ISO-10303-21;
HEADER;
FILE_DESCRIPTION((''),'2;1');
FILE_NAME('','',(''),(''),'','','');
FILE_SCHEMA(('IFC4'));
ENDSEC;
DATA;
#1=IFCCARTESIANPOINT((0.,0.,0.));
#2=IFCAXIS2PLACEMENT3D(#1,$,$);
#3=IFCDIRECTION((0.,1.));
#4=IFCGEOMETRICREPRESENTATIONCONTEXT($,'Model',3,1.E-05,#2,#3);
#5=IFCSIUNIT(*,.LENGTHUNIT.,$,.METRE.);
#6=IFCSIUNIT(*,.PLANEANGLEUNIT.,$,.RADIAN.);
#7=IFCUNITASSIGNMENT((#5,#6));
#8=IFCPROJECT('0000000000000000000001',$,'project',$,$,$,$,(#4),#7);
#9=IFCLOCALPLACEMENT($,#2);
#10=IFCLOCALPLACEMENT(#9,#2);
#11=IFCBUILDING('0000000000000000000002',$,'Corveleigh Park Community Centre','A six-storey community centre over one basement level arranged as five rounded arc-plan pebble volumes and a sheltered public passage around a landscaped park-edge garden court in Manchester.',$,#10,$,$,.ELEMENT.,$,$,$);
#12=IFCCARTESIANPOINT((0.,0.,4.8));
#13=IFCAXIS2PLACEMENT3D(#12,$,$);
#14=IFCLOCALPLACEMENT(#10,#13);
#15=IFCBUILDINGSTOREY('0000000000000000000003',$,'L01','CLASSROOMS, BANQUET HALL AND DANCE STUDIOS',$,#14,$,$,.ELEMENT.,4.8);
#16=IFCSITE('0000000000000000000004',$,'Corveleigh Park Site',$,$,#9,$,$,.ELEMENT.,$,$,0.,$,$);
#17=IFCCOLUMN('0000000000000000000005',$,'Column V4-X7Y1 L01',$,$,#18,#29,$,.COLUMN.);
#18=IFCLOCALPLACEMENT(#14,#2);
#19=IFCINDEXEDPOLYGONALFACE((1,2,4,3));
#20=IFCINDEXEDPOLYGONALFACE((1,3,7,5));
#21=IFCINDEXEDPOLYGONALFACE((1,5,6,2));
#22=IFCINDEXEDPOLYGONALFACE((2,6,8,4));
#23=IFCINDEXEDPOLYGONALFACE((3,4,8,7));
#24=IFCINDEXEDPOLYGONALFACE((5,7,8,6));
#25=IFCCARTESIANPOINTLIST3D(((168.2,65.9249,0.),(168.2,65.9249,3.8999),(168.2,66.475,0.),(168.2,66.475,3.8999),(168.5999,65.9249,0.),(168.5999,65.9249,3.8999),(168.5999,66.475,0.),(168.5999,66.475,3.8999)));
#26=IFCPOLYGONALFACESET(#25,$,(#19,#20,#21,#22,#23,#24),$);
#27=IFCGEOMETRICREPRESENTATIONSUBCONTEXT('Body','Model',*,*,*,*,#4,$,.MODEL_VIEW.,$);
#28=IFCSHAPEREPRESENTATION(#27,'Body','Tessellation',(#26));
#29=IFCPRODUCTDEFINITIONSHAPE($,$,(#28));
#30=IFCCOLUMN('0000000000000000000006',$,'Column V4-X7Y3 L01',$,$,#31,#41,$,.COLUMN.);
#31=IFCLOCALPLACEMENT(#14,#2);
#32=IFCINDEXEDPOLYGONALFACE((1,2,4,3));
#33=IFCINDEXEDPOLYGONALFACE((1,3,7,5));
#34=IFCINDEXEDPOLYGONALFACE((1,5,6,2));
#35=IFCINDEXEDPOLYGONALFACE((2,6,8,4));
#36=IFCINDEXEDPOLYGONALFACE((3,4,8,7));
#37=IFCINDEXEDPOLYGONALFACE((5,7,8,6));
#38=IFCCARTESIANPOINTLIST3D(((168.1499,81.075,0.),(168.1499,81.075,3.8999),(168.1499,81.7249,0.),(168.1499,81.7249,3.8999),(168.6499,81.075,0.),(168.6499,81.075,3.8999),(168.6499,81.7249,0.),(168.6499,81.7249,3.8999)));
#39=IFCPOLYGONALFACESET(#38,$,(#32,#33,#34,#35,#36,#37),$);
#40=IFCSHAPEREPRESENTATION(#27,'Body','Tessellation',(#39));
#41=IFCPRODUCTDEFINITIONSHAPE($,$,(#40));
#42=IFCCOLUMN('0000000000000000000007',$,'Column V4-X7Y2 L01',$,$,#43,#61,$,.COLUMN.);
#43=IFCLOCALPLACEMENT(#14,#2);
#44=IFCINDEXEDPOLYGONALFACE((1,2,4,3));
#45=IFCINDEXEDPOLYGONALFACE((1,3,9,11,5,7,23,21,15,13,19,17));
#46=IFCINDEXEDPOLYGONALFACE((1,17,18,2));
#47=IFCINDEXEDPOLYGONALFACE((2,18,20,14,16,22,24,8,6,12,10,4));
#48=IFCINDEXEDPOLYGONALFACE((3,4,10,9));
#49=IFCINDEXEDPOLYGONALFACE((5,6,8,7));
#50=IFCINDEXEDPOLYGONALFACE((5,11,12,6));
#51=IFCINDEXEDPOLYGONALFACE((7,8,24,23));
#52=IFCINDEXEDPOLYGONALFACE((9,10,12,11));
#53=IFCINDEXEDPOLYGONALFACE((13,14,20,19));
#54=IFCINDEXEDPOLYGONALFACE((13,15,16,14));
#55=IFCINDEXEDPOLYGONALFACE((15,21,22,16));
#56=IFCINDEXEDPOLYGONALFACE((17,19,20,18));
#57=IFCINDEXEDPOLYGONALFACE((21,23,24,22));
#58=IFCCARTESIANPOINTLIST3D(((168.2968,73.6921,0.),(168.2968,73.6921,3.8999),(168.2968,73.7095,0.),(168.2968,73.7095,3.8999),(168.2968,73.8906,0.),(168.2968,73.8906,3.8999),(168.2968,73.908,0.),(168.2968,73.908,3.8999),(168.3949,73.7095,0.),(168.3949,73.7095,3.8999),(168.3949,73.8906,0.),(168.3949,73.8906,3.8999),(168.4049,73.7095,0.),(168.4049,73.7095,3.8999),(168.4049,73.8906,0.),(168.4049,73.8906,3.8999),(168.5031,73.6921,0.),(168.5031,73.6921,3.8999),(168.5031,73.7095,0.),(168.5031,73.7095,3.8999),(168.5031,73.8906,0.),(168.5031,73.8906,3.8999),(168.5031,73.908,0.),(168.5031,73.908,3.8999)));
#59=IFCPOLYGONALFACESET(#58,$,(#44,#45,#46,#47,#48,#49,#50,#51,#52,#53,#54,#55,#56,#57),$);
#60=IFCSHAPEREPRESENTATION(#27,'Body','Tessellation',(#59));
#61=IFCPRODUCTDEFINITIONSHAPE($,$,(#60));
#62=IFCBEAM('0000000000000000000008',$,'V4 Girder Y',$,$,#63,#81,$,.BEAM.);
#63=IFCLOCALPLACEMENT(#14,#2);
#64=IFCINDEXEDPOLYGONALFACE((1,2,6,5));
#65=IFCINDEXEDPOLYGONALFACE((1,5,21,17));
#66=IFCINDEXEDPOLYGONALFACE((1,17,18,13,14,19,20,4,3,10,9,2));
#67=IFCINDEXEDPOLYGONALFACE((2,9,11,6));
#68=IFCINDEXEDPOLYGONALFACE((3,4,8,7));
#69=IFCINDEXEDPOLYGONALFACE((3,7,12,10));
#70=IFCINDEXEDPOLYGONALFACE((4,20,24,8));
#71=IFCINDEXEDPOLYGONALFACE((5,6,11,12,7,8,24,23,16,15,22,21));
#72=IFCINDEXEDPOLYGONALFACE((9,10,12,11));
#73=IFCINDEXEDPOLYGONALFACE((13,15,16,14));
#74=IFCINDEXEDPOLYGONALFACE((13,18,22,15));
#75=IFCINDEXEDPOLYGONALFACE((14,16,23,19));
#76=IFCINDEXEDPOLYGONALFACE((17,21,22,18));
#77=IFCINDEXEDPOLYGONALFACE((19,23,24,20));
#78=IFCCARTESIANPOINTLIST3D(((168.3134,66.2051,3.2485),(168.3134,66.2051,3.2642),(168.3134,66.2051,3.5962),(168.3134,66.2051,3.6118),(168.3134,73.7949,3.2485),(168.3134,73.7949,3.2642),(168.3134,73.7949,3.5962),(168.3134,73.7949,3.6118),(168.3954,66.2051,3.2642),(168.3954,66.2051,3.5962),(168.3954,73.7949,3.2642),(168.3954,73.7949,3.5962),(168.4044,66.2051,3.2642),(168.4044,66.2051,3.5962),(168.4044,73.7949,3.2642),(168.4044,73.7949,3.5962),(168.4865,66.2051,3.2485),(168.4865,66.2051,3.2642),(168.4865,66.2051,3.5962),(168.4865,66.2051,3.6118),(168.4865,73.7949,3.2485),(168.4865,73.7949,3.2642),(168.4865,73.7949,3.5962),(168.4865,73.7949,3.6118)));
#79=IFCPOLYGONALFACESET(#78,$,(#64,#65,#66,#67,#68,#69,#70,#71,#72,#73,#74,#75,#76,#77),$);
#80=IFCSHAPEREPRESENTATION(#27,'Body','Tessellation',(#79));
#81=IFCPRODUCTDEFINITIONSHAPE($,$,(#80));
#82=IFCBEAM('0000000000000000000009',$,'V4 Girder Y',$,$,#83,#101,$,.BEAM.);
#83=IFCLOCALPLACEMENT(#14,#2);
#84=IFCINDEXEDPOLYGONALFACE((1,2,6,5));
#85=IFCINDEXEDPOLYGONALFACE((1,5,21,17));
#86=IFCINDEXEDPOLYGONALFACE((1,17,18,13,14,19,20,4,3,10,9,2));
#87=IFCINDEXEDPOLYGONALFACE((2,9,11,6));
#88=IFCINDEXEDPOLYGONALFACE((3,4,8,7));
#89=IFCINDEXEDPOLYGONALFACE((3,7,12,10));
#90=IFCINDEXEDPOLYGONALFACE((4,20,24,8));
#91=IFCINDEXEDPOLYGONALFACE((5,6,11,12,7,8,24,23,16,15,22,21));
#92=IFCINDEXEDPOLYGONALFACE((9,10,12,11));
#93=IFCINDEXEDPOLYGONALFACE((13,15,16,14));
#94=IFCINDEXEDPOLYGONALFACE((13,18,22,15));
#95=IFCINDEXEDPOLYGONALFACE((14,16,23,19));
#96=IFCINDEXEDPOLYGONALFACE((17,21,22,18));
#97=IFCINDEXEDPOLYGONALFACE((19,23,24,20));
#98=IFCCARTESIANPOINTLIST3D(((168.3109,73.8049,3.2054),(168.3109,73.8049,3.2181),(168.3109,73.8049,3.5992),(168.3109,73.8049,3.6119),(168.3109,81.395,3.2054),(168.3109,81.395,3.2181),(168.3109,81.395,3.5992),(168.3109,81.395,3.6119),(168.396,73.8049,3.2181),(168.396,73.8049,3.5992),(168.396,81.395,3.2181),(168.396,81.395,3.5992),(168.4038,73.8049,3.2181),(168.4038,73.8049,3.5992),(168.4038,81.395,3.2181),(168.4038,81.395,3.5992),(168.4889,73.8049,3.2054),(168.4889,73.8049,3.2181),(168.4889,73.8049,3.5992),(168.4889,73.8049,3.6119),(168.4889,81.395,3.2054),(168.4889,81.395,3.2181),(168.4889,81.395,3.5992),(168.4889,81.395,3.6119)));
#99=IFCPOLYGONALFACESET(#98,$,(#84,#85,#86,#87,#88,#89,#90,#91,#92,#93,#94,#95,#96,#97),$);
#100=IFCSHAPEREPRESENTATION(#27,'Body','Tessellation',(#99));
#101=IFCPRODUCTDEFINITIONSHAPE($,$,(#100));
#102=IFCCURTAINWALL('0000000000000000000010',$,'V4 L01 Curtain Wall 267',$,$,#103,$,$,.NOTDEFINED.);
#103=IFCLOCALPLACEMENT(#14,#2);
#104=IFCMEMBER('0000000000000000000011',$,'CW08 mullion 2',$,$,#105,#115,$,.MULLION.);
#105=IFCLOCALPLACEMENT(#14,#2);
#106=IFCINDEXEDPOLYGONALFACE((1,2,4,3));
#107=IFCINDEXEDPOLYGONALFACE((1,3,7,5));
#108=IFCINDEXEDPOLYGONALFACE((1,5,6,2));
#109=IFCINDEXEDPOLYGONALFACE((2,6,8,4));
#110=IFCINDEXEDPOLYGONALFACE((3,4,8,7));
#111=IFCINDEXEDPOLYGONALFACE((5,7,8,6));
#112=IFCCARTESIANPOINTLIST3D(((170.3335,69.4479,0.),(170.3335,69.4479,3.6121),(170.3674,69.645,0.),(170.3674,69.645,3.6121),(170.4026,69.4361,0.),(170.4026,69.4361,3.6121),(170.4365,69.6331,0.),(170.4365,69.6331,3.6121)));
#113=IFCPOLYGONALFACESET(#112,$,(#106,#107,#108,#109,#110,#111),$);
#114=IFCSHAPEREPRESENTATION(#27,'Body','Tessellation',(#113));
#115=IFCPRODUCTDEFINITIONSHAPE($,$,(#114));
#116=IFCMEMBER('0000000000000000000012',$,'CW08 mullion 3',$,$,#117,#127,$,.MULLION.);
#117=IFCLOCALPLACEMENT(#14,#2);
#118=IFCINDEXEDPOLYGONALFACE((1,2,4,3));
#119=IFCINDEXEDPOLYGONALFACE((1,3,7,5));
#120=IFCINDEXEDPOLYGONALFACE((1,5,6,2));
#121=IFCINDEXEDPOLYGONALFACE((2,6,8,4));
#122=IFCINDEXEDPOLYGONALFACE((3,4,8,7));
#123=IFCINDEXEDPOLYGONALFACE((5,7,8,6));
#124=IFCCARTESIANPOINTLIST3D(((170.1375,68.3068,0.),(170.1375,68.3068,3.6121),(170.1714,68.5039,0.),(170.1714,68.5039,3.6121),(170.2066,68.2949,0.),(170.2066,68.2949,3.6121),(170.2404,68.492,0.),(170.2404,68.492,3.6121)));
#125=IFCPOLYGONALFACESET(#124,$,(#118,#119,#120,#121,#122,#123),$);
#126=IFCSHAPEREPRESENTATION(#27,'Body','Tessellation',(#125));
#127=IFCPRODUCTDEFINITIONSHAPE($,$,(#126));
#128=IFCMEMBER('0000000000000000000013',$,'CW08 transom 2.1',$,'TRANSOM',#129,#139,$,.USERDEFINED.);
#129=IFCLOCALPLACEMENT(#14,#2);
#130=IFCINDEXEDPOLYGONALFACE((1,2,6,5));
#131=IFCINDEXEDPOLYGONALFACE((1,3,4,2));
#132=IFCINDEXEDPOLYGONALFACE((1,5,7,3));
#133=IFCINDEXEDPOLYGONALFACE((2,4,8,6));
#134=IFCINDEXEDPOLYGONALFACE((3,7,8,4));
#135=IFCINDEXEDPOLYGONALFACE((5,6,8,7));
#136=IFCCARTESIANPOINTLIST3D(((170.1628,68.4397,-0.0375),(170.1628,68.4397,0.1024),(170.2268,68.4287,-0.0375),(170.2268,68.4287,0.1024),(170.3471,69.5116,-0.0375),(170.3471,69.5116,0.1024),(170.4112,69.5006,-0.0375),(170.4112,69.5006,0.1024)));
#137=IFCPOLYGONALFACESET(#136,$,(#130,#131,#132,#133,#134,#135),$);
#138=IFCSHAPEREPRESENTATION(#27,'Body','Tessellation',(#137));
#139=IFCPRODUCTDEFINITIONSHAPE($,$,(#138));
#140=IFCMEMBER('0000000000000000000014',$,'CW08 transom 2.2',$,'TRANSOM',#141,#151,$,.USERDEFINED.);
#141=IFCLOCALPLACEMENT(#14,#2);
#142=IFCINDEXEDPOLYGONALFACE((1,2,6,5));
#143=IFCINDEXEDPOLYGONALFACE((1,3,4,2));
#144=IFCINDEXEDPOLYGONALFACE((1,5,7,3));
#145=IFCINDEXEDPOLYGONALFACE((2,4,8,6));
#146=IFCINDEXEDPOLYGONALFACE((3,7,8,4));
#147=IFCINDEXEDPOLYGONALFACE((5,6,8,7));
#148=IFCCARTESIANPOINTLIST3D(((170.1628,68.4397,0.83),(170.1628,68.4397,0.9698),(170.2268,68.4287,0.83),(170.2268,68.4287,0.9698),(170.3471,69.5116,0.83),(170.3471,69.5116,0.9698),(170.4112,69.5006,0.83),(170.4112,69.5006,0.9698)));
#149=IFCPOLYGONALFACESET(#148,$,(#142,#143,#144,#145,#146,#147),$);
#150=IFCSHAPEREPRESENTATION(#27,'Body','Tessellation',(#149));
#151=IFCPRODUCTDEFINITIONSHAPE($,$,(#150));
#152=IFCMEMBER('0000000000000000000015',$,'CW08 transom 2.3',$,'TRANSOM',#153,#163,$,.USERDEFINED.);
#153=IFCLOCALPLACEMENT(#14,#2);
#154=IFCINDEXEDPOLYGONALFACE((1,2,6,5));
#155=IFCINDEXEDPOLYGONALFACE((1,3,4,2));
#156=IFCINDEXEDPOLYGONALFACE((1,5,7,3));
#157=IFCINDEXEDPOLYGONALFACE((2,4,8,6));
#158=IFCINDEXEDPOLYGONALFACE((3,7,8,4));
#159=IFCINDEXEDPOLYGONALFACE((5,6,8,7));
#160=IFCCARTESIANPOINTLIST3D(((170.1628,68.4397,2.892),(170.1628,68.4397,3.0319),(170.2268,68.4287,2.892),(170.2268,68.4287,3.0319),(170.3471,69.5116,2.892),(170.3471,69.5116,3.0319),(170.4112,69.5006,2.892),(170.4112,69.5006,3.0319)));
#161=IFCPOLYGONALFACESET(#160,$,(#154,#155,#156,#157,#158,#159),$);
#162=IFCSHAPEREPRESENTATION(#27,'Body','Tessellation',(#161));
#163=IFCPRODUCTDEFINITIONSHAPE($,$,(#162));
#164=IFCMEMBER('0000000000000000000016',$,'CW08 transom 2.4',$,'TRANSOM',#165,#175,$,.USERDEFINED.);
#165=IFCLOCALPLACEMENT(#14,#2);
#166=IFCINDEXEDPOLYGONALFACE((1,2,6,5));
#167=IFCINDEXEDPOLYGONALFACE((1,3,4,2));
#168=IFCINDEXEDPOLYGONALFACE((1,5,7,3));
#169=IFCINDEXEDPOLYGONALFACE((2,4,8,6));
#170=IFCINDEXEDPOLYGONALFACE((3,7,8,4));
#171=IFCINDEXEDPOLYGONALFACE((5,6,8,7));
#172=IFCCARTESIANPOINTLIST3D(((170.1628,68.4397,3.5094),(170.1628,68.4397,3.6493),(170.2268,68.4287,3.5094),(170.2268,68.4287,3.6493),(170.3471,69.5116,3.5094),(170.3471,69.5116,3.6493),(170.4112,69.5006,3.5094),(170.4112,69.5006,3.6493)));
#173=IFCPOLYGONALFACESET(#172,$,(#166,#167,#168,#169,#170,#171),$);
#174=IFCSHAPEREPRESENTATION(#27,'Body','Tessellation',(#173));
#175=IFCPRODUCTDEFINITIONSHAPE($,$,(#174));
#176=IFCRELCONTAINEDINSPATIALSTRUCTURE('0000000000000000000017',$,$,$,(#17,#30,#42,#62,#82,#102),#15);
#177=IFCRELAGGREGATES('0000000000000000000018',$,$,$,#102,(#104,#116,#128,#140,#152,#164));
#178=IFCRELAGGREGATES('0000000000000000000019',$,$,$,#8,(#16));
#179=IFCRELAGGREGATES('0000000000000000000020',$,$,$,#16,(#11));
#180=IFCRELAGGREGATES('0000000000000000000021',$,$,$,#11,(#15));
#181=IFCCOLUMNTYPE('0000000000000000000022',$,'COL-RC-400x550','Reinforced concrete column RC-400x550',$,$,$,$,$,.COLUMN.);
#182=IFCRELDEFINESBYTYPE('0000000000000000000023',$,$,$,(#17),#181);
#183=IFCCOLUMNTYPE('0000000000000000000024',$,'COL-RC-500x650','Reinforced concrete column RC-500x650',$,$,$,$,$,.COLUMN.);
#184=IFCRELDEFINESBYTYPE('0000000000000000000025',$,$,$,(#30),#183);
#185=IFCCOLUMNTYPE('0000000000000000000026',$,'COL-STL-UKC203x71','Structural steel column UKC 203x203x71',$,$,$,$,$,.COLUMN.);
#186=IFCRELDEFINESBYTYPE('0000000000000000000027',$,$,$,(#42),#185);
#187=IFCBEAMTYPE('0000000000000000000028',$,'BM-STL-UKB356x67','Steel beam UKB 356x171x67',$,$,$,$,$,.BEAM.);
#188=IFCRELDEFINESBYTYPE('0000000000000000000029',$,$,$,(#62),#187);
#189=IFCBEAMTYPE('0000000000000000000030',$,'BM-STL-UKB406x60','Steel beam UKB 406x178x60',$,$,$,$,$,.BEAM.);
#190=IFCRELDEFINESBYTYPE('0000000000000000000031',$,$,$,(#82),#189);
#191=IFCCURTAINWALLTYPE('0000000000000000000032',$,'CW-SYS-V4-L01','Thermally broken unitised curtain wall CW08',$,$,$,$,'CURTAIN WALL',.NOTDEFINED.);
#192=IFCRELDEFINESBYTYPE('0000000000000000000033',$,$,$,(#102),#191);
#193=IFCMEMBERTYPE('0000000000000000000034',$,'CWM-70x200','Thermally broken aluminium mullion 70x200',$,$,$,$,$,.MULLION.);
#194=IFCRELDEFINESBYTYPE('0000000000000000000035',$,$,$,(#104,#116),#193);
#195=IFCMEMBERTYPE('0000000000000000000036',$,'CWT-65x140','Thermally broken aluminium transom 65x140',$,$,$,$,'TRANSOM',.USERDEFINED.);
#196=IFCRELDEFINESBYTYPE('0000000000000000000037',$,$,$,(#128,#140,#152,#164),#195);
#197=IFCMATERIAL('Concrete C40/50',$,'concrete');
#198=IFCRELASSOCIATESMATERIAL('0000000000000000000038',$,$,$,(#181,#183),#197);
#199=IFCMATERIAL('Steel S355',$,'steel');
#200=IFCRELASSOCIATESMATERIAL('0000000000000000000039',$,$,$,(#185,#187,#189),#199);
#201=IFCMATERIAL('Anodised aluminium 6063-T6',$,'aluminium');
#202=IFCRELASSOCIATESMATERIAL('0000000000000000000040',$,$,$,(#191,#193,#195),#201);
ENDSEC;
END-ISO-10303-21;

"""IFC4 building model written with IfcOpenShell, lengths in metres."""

from ifc_helpers import new_model, si_unit, direction, frame, origin, origin_2d, place, context, subcontext, project, spatial, rectangle, i_section, extrude, material, material_profile, profile_set, type_object, element, aggregate, save


model = new_model("IFC4")

# Units and contexts
model_context = context("Model", 3, precision=1e-05, world=origin(), true_north=direction((0.0, 1.0)))
body_context = subcontext(model_context, "Body", "Model", "MODEL_VIEW")
ifc_project = project(units=[si_unit("LENGTHUNIT", "METRE"), si_unit("PLANEANGLEUNIT", "RADIAN")], contexts=[model_context])

# Site, building, storey
site_placement = place(None, origin())
site = spatial("IfcSite", under=ifc_project, at=site_placement, Name="Corveleigh Park Site", CompositionType="ELEMENT", RefElevation=0.0)
building_placement = place(site_placement, origin())
building = spatial("IfcBuilding", under=site, at=building_placement, Name="Corveleigh Park Community Centre", Description="A six-storey community centre over one basement level arranged as five rounded arc-plan pebble volumes and a sheltered public passage around a landscaped park-edge garden court in Manchester.", CompositionType="ELEMENT")
storey_placement = place(building_placement, frame((0.0, 0.0, 4.8)))
storey = spatial("IfcBuildingStorey", under=building, at=storey_placement, Name="L01", Description="CLASSROOMS, BANQUET HALL AND DANCE STUDIOS", CompositionType="ELEMENT", Elevation=4.8)

# Columns
ifc_material_1 = material(Name="Concrete C40/50", Category="concrete")
ifc_material_profile_1 = material_profile(ifc_material_1, rectangle(XDim=0.3999, YDim=0.55, at=origin_2d()), Name="RC-400x550", Category="concrete")
ifc_profile_set_1 = profile_set([ifc_material_profile_1], Name="Concrete C40/50")
column_type_1 = type_object("IfcColumnType", Name="COL-RC-400x550", Description="Reinforced concrete column RC-400x550", PredefinedType="COLUMN", material=ifc_profile_set_1)
column_1_placement = place(storey_placement, frame((168.3999, 66.2, 0.0), z_axis=(0.0, 0.0, 1.0), x_axis=(1.0, 0.0, 0.0)))
element("IfcColumn", 1, at=column_1_placement, inside=storey, type_object=column_type_1, Name="Column V4-X7Y1 L01", PredefinedType="COLUMN", context=body_context, shape_type="SweptSolid", body=[
    extrude(rectangle(XDim=0.3999, YDim=0.55, at=origin_2d()), origin(), (0.0, 0.0, 1.0), 3.8999),
])
ifc_material_profile_2 = material_profile(ifc_material_1, rectangle(XDim=0.5, YDim=0.6499, at=origin_2d()), Name="RC-500x650", Category="concrete")
ifc_profile_set_2 = profile_set([ifc_material_profile_2], Name="Concrete C40/50")
column_type_2 = type_object("IfcColumnType", Name="COL-RC-500x650", Description="Reinforced concrete column RC-500x650", PredefinedType="COLUMN", material=ifc_profile_set_2)
column_2_placement = place(storey_placement, frame((168.3999, 81.3999, 0.0), z_axis=(0.0, 0.0, 1.0), x_axis=(1.0, 0.0, 0.0)))
element("IfcColumn", 2, at=column_2_placement, inside=storey, type_object=column_type_2, Name="Column V4-X7Y3 L01", PredefinedType="COLUMN", context=body_context, shape_type="SweptSolid", body=[
    extrude(rectangle(XDim=0.5, YDim=0.6499, at=origin_2d()), origin(), (0.0, 0.0, 1.0), 3.8999),
])
ifc_material_2 = material(Name="Steel S355", Category="steel")
ifc_material_profile_3 = material_profile(ifc_material_2, i_section(OverallWidth=0.2063, OverallDepth=0.2158, WebThickness=0.01, FlangeThickness=0.0173, at=origin_2d()), Name="UKC 203x203x71", Category="steel")
ifc_profile_set_3 = profile_set([ifc_material_profile_3], Name="Steel S355")
column_type_3 = type_object("IfcColumnType", Name="COL-STL-UKC203x71", Description="Structural steel column UKC 203x203x71", PredefinedType="COLUMN", material=ifc_profile_set_3)
column_3_placement = place(storey_placement, frame((168.3999, 73.8, 0.0), z_axis=(0.0, 0.0, 1.0), x_axis=(1.0, 0.0, 0.0)))
element("IfcColumn", 3, at=column_3_placement, inside=storey, type_object=column_type_3, Name="Column V4-X7Y2 L01", PredefinedType="COLUMN", context=body_context, shape_type="SweptSolid", body=[
    extrude(i_section(OverallWidth=0.2063, OverallDepth=0.2158, WebThickness=0.01, FlangeThickness=0.0173, at=origin_2d()), origin(), (0.0, 0.0, 1.0), 3.8999),
])

# Beams
ifc_material_profile_4 = material_profile(ifc_material_2, i_section(OverallWidth=0.1731, OverallDepth=0.3633, WebThickness=0.009, FlangeThickness=0.0156, at=origin_2d()), Name="UKB 356x171x67", Category="steel")
ifc_profile_set_4 = profile_set([ifc_material_profile_4], Name="Steel S355")
beam_type_1 = type_object("IfcBeamType", Name="BM-STL-UKB356x67", Description="Steel beam UKB 356x171x67", PredefinedType="BEAM", material=ifc_profile_set_4)
beam_1_placement = place(storey_placement, frame((168.3999, 66.2051, 3.4302), z_axis=(0.0, 1.0, 0.0), x_axis=(-1.0, 0.0, 0.0)))
element("IfcBeam", 4, at=beam_1_placement, inside=storey, type_object=beam_type_1, Name="V4 Girder Y", PredefinedType="BEAM", context=body_context, shape_type="SweptSolid", body=[
    extrude(i_section(OverallWidth=0.1731, OverallDepth=0.3633, WebThickness=0.009, FlangeThickness=0.0156, at=origin_2d()), origin(), (0.0, 0.0, 1.0), 7.5898),
])
ifc_material_profile_5 = material_profile(ifc_material_2, i_section(OverallWidth=0.178, OverallDepth=0.4065, WebThickness=0.0078, FlangeThickness=0.0127, at=origin_2d()), Name="UKB 406x178x60", Category="steel")
ifc_profile_set_5 = profile_set([ifc_material_profile_5], Name="Steel S355")
beam_type_2 = type_object("IfcBeamType", Name="BM-STL-UKB406x60", Description="Steel beam UKB 406x178x60", PredefinedType="BEAM", material=ifc_profile_set_5)
beam_2_placement = place(storey_placement, frame((168.3999, 73.8049, 3.4087), z_axis=(0.0, 1.0, 0.0), x_axis=(-1.0, 0.0, 0.0)))
element("IfcBeam", 5, at=beam_2_placement, inside=storey, type_object=beam_type_2, Name="V4 Girder Y", PredefinedType="BEAM", context=body_context, shape_type="SweptSolid", body=[
    extrude(i_section(OverallWidth=0.178, OverallDepth=0.4065, WebThickness=0.0078, FlangeThickness=0.0127, at=origin_2d()), origin(), (0.0, 0.0, 1.0), 7.5901),
])

# Curtain wall, members
ifc_material_3 = material(Name="Anodised aluminium 6063-T6", Category="aluminium")
curtain_wall_type = type_object("IfcCurtainWallType", Name="CW-SYS-V4-L01", Description="Thermally broken unitised curtain wall CW08", ElementType="CURTAIN WALL", PredefinedType="NOTDEFINED", material=ifc_material_3)
curtain_wall_placement = place(storey_placement, origin())
curtain_wall = element("IfcCurtainWall", 6, at=curtain_wall_placement, inside=storey, type_object=curtain_wall_type, Name="V4 L01 Curtain Wall 267", PredefinedType="NOTDEFINED")
ifc_material_profile_6 = material_profile(ifc_material_3, rectangle(XDim=0.0701, YDim=0.2, at=origin_2d()), Name="ALU-M70x200", Category="aluminium")
ifc_profile_set_6 = profile_set([ifc_material_profile_6], Name="Anodised aluminium 6063-T6")
member_type_1 = type_object("IfcMemberType", Name="CWM-70x200", Description="Thermally broken aluminium mullion 70x200", PredefinedType="MULLION", material=ifc_profile_set_6)
member_1_placement = place(storey_placement, frame((170.385, 69.5405, 0.0), z_axis=(0.0, 0.0, 1.0), x_axis=(0.985554, -0.169359, 0.0)))
member_1 = element("IfcMember", 7, at=member_1_placement, type_object=member_type_1, Name="CW08 mullion 2", PredefinedType="MULLION", context=body_context, shape_type="SweptSolid", body=[
    extrude(rectangle(XDim=0.0701, YDim=0.2, at=origin_2d()), origin(), (0.0, 0.0, 1.0), 3.6121),
])
member_2_placement = place(storey_placement, frame((170.189, 68.3994, 0.0), z_axis=(0.0, 0.0, 1.0), x_axis=(0.985554, -0.169359, 0.0)))
member_2 = element("IfcMember", 8, at=member_2_placement, type_object=member_type_1, Name="CW08 mullion 3", PredefinedType="MULLION", context=body_context, shape_type="SweptSolid", body=[
    extrude(rectangle(XDim=0.0701, YDim=0.2, at=origin_2d()), origin(), (0.0, 0.0, 1.0), 3.6121),
])
ifc_material_profile_7 = material_profile(ifc_material_3, rectangle(XDim=0.0649, YDim=0.1399, at=origin_2d()), Name="ALU-T65x140", Category="aluminium")
ifc_profile_set_7 = profile_set([ifc_material_profile_7], Name="Anodised aluminium 6063-T6")
member_type_2 = type_object("IfcMemberType", Name="CWT-65x140", Description="Thermally broken aluminium transom 65x140", ElementType="TRANSOM", PredefinedType="USERDEFINED", material=ifc_profile_set_7)
member_3_placement = place(storey_placement, frame((170.3792, 69.5061, 0.0325), z_axis=(-0.169456, -0.985538, 0.0), x_axis=(0.985538, -0.169456, 0.0)))
member_3 = element("IfcMember", 9, at=member_3_placement, type_object=member_type_2, Name="CW08 transom 2.1", ObjectType="TRANSOM", PredefinedType="USERDEFINED", context=body_context, shape_type="SweptSolid", body=[
    extrude(rectangle(XDim=0.0649, YDim=0.1399, at=origin_2d()), origin(), (0.0, 0.0, 1.0), 1.0876),
])
member_4_placement = place(storey_placement, frame((170.3792, 69.5061, 0.8999), z_axis=(-0.169456, -0.985538, 0.0), x_axis=(0.985538, -0.169456, 0.0)))
member_4 = element("IfcMember", 10, at=member_4_placement, type_object=member_type_2, Name="CW08 transom 2.2", ObjectType="TRANSOM", PredefinedType="USERDEFINED", context=body_context, shape_type="SweptSolid", body=[
    extrude(rectangle(XDim=0.0649, YDim=0.1399, at=origin_2d()), origin(), (0.0, 0.0, 1.0), 1.0876),
])
member_5_placement = place(storey_placement, frame((170.3792, 69.5061, 2.9619), z_axis=(-0.169456, -0.985538, 0.0), x_axis=(0.985538, -0.169456, 0.0)))
member_5 = element("IfcMember", 11, at=member_5_placement, type_object=member_type_2, Name="CW08 transom 2.3", ObjectType="TRANSOM", PredefinedType="USERDEFINED", context=body_context, shape_type="SweptSolid", body=[
    extrude(rectangle(XDim=0.0649, YDim=0.1399, at=origin_2d()), origin(), (0.0, 0.0, 1.0), 1.0876),
])
member_6_placement = place(storey_placement, frame((170.3792, 69.5061, 3.5793), z_axis=(-0.169456, -0.985538, 0.0), x_axis=(0.985538, -0.169456, 0.0)))
member_6 = element("IfcMember", 12, at=member_6_placement, type_object=member_type_2, Name="CW08 transom 2.4", ObjectType="TRANSOM", PredefinedType="USERDEFINED", context=body_context, shape_type="SweptSolid", body=[
    extrude(rectangle(XDim=0.0649, YDim=0.1399, at=origin_2d()), origin(), (0.0, 0.0, 1.0), 1.0876),
])

aggregate(curtain_wall, [member_1, member_2, member_3, member_4, member_5, member_6])

save(model, "model.ifc")
